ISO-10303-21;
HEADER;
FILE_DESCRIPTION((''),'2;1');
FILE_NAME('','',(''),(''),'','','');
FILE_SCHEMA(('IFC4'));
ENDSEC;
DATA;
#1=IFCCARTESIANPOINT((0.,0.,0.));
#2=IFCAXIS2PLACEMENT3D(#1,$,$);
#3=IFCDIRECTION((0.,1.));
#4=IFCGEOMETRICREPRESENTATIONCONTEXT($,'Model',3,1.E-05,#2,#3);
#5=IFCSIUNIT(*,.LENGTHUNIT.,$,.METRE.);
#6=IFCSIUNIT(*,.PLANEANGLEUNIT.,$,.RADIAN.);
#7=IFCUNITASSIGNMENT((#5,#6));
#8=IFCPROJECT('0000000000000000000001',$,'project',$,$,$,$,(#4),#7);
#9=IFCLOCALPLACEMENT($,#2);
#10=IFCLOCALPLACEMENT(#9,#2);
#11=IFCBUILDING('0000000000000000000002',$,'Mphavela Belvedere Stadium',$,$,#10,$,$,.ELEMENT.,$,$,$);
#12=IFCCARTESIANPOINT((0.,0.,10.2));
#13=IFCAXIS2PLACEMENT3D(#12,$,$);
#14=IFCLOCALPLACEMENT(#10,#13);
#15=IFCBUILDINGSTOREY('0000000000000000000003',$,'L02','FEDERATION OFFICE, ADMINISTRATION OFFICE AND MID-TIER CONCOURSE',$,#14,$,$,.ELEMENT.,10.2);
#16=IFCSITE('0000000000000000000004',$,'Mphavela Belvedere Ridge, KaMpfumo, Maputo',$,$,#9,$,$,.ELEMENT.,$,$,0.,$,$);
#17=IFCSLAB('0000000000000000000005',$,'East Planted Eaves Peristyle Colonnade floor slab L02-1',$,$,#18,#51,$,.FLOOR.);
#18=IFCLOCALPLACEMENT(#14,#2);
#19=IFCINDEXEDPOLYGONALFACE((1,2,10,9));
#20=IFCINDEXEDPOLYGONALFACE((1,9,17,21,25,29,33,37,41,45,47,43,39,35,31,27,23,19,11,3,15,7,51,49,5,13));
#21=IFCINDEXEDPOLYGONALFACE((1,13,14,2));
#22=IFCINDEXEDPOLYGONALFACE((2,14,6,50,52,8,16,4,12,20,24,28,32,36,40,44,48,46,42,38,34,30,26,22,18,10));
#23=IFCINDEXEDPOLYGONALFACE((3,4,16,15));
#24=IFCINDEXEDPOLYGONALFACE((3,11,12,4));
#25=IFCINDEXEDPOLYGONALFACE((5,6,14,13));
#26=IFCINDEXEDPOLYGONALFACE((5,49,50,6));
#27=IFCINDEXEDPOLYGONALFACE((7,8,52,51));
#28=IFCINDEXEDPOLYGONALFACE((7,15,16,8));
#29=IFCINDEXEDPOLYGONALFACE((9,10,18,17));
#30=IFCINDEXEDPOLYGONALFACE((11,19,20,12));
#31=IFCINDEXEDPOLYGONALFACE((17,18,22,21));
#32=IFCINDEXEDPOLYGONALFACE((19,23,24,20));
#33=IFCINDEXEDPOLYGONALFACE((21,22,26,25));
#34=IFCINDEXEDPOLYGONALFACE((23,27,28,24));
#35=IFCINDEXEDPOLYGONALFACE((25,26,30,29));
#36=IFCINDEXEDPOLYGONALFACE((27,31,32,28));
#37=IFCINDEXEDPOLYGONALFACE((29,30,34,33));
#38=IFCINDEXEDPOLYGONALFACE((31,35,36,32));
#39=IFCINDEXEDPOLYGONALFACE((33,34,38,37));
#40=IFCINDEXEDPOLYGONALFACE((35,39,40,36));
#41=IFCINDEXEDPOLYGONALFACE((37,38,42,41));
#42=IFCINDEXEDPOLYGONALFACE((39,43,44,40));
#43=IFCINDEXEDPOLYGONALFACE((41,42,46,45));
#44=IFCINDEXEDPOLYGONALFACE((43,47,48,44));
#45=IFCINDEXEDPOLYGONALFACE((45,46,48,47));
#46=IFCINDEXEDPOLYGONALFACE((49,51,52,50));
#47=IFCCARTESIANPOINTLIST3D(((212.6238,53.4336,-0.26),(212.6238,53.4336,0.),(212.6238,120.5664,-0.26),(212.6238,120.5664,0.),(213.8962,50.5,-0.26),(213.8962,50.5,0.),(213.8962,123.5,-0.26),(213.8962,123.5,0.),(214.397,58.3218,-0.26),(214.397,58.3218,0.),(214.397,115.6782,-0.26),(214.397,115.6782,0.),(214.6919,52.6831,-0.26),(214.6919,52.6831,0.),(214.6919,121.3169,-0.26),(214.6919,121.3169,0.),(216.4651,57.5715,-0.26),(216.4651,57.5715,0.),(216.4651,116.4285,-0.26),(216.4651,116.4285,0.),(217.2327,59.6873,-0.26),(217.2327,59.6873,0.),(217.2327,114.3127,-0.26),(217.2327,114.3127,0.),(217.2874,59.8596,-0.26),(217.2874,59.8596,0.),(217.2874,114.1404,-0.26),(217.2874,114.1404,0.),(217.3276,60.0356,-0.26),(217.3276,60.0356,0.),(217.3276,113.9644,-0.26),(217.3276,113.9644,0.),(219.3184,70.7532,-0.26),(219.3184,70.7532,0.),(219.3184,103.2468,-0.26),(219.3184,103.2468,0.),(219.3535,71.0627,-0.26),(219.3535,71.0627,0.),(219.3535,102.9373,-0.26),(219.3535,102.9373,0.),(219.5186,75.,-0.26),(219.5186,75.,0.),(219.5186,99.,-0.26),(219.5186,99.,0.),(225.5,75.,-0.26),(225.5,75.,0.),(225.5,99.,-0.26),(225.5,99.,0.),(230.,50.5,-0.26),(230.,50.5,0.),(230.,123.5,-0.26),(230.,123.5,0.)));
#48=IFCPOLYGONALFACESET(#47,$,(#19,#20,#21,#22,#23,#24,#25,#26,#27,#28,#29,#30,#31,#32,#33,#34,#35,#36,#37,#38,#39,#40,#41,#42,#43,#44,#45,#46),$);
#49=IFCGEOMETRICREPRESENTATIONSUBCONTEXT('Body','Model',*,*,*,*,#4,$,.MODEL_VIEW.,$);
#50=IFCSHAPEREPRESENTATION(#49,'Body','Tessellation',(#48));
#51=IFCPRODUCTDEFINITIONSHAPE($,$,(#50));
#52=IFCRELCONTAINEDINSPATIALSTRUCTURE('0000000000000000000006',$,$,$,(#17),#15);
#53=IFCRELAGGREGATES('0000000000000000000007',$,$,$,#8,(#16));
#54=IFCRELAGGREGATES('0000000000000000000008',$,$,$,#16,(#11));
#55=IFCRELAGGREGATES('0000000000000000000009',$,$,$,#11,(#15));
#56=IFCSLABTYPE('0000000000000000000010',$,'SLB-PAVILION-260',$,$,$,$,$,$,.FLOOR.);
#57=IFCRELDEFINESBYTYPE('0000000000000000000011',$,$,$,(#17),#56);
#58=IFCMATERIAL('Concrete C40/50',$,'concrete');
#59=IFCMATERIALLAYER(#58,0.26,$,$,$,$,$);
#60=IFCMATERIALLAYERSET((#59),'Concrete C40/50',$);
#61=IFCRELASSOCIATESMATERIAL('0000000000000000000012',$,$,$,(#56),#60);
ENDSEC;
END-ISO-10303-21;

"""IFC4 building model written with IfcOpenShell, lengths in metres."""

from ifc_helpers import new_model, si_unit, direction, frame, origin, place, context, subcontext, project, spatial, polyline, outline, extrude, material, layer, layer_set, type_object, element, save


model = new_model("IFC4")

# Units and contexts
model_context = context("Model", 3, precision=1e-05, world=origin(), true_north=direction((0.0, 1.0)))
body_context = subcontext(model_context, "Body", "Model", "MODEL_VIEW")
ifc_project = project(units=[si_unit("LENGTHUNIT", "METRE"), si_unit("PLANEANGLEUNIT", "RADIAN")], contexts=[model_context])

# Site, building, storey
site_placement = place(None, origin())
site = spatial("IfcSite", under=ifc_project, at=site_placement, Name="Mphavela Belvedere Ridge, KaMpfumo, Maputo", CompositionType="ELEMENT", RefElevation=0.0)
building_placement = place(site_placement, origin())
building = spatial("IfcBuilding", under=site, at=building_placement, Name="Mphavela Belvedere Stadium", CompositionType="ELEMENT")
storey_placement = place(building_placement, frame((0.0, 0.0, 10.2)))
storey = spatial("IfcBuildingStorey", under=building, at=storey_placement, Name="L02", Description="FEDERATION OFFICE, ADMINISTRATION OFFICE AND MID-TIER CONCOURSE", CompositionType="ELEMENT", Elevation=10.2)

# Slab
ifc_material_1 = material(Name="Concrete C40/50", Category="concrete")
ifc_layer_1 = layer(ifc_material_1, 0.26)
ifc_layer_set_1 = layer_set([ifc_layer_1], Name="Concrete C40/50")
slab_type_1 = type_object("IfcSlabType", Name="SLB-PAVILION-260", PredefinedType="FLOOR", material=ifc_layer_set_1)
slab_1_placement = place(storey_placement, frame((0.0, 0.0, -0.26)))
element("IfcSlab", 1, at=slab_1_placement, inside=storey, type_object=slab_type_1, Name="East Planted Eaves Peristyle Colonnade floor slab L02-1", PredefinedType="FLOOR", context=body_context, shape_type="SweptSolid", body=[
    extrude(outline(polyline([(214.6919, 52.6831), (212.6238, 53.4336), (214.397, 58.3218), (216.4651, 57.5715), (217.2327, 59.6873), (217.2874, 59.8596), (217.3276, 60.0356), (219.3184, 70.7532), (219.3535, 71.0627), (219.5186, 75.0), (225.5, 75.0), (225.5, 99.0), (219.5186, 99.0), (219.3535, 102.9373), (219.3184, 103.2468), (217.3276, 113.9644), (217.2874, 114.1404), (217.2327, 114.3127), (216.4651, 116.4285), (214.397, 115.6782), (212.6238, 120.5664), (214.6919, 121.3169), (213.8962, 123.5), (230.0, 123.5), (230.0, 50.5), (213.8962, 50.5), (214.6919, 52.6831)])), origin(), (0.0, 0.0, 1.0), 0.26),
])

save(model, "model.ifc")
